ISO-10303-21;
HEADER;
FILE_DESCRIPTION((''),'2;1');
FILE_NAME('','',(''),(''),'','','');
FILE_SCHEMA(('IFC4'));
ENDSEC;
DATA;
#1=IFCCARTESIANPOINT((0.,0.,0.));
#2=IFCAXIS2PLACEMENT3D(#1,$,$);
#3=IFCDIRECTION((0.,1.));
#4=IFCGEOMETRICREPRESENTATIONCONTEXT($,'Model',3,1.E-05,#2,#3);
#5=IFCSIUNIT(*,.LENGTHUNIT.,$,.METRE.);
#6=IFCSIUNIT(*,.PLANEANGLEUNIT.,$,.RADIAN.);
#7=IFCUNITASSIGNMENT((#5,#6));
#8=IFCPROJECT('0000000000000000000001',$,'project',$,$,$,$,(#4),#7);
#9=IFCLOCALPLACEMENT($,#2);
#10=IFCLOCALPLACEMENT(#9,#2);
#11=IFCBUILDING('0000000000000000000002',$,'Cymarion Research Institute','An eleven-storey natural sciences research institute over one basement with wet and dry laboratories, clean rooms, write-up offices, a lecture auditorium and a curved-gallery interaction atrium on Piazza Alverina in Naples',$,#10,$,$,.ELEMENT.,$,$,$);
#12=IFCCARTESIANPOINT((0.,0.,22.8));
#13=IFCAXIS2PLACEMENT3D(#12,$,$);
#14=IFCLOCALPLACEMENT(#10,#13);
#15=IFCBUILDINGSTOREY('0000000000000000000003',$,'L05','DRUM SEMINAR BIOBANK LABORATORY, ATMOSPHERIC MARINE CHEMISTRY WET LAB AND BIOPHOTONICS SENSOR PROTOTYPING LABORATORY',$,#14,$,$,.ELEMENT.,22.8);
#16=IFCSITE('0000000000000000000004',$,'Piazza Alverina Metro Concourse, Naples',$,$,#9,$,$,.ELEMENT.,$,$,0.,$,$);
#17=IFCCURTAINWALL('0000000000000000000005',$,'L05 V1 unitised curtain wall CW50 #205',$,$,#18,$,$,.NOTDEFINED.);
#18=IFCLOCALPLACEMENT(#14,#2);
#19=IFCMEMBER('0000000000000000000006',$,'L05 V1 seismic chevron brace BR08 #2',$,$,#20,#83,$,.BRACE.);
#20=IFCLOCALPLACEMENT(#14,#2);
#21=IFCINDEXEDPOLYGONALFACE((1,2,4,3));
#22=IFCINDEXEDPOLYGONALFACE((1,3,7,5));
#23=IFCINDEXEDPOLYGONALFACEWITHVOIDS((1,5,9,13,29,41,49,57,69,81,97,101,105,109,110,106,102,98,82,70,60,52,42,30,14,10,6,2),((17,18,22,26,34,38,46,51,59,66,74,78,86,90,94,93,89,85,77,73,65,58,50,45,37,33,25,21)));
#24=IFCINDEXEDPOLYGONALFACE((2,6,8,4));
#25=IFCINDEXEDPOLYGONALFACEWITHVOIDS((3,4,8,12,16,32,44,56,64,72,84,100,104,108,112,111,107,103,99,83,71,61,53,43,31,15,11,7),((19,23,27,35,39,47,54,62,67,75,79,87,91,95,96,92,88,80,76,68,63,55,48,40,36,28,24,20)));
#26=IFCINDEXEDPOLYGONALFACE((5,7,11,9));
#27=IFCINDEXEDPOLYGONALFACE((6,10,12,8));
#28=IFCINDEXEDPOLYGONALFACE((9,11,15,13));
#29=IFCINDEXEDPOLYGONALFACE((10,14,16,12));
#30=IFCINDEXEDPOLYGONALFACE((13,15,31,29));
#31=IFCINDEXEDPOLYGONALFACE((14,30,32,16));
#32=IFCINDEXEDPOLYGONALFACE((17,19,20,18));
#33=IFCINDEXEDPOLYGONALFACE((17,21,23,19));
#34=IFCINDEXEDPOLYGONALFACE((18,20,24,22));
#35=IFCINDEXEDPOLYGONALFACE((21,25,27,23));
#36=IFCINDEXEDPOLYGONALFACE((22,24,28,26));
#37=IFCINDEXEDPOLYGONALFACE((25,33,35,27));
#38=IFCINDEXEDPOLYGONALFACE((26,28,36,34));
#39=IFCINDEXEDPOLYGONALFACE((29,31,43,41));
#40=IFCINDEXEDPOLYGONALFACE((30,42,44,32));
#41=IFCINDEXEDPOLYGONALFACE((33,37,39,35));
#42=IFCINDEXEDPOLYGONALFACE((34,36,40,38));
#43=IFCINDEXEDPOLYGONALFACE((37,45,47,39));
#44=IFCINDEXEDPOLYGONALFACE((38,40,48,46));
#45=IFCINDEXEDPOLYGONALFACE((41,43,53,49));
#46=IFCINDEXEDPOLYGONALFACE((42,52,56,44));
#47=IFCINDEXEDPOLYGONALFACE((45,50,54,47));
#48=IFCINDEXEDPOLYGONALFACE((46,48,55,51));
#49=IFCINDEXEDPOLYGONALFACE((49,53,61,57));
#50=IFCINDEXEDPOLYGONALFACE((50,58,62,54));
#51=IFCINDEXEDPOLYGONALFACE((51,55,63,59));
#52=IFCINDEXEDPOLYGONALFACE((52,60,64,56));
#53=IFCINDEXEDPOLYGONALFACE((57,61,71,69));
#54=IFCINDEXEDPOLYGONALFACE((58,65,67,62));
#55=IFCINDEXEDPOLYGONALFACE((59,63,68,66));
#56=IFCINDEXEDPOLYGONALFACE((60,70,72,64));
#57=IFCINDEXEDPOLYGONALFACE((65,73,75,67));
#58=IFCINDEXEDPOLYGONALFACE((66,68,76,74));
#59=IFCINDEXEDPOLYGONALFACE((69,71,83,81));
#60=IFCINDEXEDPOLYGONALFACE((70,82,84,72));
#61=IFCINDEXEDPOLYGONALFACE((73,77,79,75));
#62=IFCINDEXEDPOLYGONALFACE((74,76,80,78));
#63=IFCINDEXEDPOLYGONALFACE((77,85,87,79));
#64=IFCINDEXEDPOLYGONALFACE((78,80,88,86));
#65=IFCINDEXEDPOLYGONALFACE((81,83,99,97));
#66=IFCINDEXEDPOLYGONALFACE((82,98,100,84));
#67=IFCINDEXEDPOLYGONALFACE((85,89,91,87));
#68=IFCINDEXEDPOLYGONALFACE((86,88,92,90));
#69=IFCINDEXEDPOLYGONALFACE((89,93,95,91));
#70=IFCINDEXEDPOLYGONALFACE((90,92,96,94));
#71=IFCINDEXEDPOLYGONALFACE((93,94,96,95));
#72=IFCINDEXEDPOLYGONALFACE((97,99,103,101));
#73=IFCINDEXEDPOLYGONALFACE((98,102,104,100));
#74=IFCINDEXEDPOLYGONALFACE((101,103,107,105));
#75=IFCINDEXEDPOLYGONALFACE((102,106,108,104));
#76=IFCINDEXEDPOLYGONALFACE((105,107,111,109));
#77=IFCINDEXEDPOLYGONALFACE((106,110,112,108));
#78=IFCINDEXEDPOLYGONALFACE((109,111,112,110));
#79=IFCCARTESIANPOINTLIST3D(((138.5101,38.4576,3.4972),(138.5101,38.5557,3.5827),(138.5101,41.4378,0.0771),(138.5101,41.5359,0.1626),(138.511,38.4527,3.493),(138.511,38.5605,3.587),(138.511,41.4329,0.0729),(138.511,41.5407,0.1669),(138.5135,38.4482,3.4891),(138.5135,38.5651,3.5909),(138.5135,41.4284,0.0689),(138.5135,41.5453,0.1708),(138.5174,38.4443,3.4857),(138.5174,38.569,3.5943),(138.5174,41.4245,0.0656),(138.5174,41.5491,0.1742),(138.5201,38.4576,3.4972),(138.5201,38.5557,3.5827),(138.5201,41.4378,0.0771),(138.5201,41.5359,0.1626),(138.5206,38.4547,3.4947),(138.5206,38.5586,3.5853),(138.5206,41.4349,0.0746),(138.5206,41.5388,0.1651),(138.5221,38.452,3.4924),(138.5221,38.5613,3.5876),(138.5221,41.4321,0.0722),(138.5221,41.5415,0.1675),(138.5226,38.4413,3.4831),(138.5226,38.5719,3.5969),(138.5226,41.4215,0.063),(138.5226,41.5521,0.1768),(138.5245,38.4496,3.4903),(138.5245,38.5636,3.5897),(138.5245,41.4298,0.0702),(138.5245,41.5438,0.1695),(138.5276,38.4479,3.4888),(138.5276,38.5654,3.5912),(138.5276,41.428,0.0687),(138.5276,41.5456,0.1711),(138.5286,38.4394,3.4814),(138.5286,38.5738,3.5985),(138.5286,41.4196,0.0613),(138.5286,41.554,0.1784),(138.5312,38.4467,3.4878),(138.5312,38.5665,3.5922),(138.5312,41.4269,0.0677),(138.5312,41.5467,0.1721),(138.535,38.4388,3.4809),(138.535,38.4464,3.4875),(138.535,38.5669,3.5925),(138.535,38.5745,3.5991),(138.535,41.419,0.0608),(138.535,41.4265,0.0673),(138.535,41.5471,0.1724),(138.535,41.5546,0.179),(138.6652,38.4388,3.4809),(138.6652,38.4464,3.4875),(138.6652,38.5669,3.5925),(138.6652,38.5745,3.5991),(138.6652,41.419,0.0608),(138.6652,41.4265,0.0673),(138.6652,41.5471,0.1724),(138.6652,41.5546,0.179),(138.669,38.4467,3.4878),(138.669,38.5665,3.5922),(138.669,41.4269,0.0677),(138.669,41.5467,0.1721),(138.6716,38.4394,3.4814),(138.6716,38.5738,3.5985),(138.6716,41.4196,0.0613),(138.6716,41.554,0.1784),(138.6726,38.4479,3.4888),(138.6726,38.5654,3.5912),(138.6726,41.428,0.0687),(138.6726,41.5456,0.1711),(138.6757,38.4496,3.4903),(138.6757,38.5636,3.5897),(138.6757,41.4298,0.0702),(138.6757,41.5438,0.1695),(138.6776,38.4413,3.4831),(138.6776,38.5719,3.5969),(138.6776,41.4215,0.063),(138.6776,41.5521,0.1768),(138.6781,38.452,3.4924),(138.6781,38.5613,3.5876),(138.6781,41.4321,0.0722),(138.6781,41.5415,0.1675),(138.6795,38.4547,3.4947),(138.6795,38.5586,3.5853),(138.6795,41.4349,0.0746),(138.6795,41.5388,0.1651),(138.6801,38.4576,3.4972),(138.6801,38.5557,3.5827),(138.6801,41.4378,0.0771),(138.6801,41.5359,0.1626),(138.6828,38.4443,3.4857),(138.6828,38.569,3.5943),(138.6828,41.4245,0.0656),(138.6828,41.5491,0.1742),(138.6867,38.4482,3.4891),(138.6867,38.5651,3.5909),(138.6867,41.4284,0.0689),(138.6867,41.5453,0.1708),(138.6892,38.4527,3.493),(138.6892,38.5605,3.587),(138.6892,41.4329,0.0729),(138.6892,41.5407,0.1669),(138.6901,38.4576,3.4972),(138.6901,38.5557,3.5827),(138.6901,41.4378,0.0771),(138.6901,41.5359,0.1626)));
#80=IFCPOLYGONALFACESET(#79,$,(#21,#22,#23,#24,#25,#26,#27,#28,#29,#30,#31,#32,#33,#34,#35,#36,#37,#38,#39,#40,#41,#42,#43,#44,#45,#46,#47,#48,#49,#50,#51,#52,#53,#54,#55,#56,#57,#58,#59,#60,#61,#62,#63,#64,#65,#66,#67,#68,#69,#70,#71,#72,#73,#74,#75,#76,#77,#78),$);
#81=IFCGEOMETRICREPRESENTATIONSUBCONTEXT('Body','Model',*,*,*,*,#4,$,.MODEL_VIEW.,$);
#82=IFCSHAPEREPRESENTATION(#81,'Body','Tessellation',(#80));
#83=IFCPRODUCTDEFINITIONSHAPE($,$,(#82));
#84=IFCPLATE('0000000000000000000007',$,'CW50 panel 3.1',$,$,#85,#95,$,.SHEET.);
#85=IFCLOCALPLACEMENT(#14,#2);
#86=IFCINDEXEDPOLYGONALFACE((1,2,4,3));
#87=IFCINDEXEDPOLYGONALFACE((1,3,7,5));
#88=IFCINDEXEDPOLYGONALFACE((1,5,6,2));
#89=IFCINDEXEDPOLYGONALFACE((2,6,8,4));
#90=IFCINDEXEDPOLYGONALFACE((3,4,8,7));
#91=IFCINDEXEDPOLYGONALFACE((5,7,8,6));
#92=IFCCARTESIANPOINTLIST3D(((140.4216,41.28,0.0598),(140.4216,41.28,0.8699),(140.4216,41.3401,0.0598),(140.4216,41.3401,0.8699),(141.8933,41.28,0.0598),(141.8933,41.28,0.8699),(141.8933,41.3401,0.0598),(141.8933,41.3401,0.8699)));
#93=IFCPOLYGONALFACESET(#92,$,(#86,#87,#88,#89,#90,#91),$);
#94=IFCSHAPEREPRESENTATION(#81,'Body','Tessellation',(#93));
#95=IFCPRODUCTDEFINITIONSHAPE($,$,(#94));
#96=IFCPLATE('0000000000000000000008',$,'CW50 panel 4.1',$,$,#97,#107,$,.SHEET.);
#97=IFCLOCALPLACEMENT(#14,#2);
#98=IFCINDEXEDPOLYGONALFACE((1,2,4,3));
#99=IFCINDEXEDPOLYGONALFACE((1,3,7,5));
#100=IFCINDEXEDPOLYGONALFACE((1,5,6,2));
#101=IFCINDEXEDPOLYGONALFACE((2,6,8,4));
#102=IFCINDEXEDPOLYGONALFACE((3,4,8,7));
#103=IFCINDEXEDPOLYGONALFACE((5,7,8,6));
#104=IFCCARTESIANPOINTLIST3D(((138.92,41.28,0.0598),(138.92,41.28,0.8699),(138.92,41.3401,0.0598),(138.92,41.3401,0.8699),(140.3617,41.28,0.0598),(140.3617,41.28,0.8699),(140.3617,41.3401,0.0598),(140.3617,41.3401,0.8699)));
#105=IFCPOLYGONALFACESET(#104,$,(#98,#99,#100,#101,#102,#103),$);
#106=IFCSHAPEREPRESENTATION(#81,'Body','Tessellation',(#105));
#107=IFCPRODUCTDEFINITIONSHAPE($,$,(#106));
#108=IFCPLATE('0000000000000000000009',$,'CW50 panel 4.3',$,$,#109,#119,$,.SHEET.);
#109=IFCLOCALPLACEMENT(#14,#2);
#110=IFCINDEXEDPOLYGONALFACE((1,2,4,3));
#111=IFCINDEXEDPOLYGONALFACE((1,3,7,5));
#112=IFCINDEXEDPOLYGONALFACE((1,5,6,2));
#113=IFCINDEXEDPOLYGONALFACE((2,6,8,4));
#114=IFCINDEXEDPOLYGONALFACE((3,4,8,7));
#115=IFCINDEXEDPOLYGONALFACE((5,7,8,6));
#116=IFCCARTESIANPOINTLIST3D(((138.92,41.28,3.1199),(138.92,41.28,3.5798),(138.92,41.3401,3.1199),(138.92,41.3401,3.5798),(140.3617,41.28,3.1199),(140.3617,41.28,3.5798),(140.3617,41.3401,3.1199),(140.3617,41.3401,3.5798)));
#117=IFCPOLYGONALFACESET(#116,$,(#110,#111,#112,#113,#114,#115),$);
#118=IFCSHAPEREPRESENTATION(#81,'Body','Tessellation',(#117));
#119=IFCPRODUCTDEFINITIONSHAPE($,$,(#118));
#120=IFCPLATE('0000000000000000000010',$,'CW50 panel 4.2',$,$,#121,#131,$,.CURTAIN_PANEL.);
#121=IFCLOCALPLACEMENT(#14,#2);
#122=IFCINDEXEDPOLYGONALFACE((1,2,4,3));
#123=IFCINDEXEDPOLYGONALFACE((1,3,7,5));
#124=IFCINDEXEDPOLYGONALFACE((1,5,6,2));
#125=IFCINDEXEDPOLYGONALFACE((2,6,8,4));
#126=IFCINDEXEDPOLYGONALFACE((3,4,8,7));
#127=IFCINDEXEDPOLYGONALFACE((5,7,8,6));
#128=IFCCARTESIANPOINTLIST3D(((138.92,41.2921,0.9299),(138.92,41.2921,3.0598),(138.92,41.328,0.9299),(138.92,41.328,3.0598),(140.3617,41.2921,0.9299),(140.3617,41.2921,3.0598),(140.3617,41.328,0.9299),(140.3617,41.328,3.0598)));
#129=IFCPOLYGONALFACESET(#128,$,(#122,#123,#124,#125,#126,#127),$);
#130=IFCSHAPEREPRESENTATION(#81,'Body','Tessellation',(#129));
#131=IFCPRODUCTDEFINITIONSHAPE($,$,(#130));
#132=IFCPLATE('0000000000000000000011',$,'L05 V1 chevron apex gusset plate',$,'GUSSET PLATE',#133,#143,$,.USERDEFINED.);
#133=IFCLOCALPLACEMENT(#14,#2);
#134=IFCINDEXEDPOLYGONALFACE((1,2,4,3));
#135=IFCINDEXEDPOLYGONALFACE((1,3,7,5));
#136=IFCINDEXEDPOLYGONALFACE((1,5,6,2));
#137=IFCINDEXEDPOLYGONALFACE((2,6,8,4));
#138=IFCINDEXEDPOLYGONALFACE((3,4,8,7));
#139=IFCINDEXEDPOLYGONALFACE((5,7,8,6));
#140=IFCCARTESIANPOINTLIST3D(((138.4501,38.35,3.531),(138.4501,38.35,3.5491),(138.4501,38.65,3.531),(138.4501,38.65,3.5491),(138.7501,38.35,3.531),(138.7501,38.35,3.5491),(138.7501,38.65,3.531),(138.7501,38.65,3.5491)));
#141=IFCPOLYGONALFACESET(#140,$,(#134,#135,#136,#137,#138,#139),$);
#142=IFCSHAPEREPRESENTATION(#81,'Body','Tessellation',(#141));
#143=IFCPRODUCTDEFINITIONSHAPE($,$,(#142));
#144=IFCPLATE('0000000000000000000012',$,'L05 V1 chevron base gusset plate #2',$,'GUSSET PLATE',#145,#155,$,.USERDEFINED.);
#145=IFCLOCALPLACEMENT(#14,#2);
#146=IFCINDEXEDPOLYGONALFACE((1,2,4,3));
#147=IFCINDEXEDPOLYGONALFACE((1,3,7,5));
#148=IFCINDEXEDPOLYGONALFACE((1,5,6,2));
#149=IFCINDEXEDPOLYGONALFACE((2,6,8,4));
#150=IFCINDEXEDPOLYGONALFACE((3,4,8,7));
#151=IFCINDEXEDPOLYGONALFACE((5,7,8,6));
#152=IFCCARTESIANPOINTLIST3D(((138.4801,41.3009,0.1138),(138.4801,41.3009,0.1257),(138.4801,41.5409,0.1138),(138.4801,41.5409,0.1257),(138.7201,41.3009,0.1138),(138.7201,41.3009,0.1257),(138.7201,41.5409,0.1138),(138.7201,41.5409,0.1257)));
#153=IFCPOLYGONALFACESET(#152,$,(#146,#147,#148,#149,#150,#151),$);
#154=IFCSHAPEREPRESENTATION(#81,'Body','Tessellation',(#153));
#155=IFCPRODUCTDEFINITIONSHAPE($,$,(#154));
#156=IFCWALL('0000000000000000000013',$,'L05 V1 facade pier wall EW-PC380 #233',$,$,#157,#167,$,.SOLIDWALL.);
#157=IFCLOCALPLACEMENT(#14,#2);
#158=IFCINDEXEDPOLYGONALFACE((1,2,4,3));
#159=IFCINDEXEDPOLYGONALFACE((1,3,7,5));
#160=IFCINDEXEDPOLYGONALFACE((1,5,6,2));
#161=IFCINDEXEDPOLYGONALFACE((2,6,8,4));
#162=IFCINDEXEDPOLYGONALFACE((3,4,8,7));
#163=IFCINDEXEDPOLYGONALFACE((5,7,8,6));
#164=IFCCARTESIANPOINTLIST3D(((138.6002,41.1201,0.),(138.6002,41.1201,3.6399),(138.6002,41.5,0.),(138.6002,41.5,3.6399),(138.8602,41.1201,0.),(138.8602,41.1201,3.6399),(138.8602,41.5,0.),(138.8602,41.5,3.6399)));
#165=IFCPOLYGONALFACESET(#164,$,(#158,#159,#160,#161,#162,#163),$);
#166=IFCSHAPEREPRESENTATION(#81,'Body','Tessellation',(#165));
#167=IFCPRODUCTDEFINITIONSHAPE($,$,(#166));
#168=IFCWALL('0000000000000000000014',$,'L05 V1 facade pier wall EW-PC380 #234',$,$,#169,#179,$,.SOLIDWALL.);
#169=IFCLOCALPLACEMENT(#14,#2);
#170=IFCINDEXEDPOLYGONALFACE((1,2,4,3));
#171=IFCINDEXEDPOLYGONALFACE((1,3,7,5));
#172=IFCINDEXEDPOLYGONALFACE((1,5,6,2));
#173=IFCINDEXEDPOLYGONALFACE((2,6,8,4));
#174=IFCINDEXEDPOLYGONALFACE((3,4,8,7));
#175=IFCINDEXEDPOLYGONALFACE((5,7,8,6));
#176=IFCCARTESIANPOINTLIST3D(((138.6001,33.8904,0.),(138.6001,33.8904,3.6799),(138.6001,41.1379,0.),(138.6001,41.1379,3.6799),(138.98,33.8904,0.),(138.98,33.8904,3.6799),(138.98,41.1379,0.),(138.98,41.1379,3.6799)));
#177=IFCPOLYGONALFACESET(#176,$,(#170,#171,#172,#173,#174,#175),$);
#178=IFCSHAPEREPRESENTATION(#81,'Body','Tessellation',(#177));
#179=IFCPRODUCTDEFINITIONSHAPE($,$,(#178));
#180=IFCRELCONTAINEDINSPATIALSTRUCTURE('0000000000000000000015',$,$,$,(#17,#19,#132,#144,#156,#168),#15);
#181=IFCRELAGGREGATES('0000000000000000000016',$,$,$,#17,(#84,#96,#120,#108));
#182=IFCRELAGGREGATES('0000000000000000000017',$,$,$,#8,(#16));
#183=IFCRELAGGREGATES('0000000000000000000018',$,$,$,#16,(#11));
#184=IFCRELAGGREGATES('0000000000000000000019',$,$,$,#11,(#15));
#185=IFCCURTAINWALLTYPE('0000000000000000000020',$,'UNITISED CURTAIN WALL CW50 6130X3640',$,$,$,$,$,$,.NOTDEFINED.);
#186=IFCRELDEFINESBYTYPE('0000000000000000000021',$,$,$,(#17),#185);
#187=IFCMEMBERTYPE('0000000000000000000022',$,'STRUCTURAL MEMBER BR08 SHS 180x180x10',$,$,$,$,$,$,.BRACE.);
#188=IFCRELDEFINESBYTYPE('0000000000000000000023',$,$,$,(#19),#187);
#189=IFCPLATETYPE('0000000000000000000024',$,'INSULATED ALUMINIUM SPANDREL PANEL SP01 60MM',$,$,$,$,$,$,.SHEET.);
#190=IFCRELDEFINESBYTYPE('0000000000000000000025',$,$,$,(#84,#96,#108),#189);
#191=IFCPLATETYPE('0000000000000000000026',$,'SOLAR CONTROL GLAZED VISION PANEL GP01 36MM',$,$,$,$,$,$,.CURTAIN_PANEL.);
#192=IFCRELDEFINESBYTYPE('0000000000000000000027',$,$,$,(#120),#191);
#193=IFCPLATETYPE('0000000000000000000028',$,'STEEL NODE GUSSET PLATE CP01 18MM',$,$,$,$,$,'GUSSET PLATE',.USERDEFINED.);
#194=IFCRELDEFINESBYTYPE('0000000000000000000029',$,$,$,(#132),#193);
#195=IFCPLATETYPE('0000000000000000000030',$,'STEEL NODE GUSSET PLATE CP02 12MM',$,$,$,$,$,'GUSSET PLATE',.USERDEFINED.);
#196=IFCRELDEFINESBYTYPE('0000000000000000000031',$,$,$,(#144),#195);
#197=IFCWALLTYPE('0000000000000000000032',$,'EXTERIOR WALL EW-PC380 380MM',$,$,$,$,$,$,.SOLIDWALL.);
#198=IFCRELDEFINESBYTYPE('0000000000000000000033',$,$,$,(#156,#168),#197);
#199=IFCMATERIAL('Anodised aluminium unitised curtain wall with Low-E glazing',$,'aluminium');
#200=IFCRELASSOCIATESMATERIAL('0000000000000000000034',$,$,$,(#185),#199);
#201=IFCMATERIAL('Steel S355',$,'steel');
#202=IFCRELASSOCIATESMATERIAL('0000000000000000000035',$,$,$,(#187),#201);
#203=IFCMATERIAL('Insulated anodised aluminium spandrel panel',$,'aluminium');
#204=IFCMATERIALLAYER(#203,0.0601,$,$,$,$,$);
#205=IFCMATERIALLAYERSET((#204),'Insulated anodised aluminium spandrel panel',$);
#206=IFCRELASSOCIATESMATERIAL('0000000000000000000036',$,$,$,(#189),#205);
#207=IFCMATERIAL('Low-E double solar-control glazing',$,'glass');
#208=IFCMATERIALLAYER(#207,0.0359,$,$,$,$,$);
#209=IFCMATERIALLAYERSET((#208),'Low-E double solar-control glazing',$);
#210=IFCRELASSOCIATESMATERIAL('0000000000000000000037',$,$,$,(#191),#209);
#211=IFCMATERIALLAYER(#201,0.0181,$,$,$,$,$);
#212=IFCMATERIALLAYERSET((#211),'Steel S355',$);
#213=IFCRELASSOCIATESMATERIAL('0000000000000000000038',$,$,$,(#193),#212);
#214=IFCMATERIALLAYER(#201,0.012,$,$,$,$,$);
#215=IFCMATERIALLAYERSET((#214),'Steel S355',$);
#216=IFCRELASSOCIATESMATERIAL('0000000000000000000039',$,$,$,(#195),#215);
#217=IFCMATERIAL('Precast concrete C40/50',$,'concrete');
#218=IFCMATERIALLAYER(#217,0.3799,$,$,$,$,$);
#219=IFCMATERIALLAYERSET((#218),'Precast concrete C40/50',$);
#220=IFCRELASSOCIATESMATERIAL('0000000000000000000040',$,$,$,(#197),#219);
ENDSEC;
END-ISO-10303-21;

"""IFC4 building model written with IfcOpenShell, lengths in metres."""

from ifc_helpers import new_model, si_unit, direction, frame, frame_2d, origin, origin_2d, place, context, subcontext, project, spatial, rectangle, hollow_rectangle, extrude, material, layer, layer_set, material_profile, profile_set, type_object, element, aggregate, save


model = new_model("IFC4")

# Units and contexts
model_context = context("Model", 3, precision=1e-05, world=origin(), true_north=direction((0.0, 1.0)))
body_context = subcontext(model_context, "Body", "Model", "MODEL_VIEW")
ifc_project = project(units=[si_unit("LENGTHUNIT", "METRE"), si_unit("PLANEANGLEUNIT", "RADIAN")], contexts=[model_context])

# Site, building, storey
site_placement = place(None, origin())
site = spatial("IfcSite", under=ifc_project, at=site_placement, Name="Piazza Alverina Metro Concourse, Naples", CompositionType="ELEMENT", RefElevation=0.0)
building_placement = place(site_placement, origin())
building = spatial("IfcBuilding", under=site, at=building_placement, Name="Cymarion Research Institute", Description="An eleven-storey natural sciences research institute over one basement with wet and dry laboratories, clean rooms, write-up offices, a lecture auditorium and a curved-gallery interaction atrium on Piazza Alverina in Naples", CompositionType="ELEMENT")
storey_placement = place(building_placement, frame((0.0, 0.0, 22.8)))
storey = spatial("IfcBuildingStorey", under=building, at=storey_placement, Name="L05", Description="DRUM SEMINAR BIOBANK LABORATORY, ATMOSPHERIC MARINE CHEMISTRY WET LAB AND BIOPHOTONICS SENSOR PROTOTYPING LABORATORY", CompositionType="ELEMENT", Elevation=22.8)

# Shared definitions
ifc_material_1 = material(Name="Steel S355", Category="steel")

# Curtain wall
ifc_material_2 = material(Name="Anodised aluminium unitised curtain wall with Low-E glazing", Category="aluminium")
curtain_wall_type = type_object("IfcCurtainWallType", Name="UNITISED CURTAIN WALL CW50 6130X3640", PredefinedType="NOTDEFINED", material=ifc_material_2)
curtain_wall_placement = place(storey_placement, origin())
curtain_wall = element("IfcCurtainWall", 1, at=curtain_wall_placement, inside=storey, type_object=curtain_wall_type, Name="L05 V1 unitised curtain wall CW50 #205", PredefinedType="NOTDEFINED")

# Member
ifc_material_profile_1 = material_profile(ifc_material_1, hollow_rectangle(XDim=0.1799, YDim=0.1799, WallThickness=0.01, InnerFilletRadius=0.0149, OuterFilletRadius=0.0249, at=origin_2d()), Name="SHS 180x180x10")
ifc_profile_set_1 = profile_set([ifc_material_profile_1], Name="Steel S355")
member_type_1 = type_object("IfcMemberType", Name="STRUCTURAL MEMBER BR08 SHS 180x180x10", PredefinedType="BRACE", material=ifc_profile_set_1)
member_1_placement = place(storey_placement, frame((138.6001, 41.4868, 0.1199), z_axis=(0.0, -0.656952, 0.753932), x_axis=(1.0, 0.0, 0.0)))
element("IfcMember", 2, at=member_1_placement, inside=storey, type_object=member_type_1, Name="L05 V1 seismic chevron brace BR08 #2", PredefinedType="BRACE", context=body_context, shape_type="SweptSolid", body=[
    extrude(hollow_rectangle(XDim=0.1799, YDim=0.1799, WallThickness=0.01, InnerFilletRadius=0.0149, OuterFilletRadius=0.0249, at=origin_2d()), origin(), (0.0, 0.0, 1.0), 4.5364),
])

# Plates
ifc_material_3 = material(Name="Insulated anodised aluminium spandrel panel", Category="aluminium")
ifc_layer_1 = layer(ifc_material_3, 0.0601)
ifc_layer_set_1 = layer_set([ifc_layer_1], Name="Insulated anodised aluminium spandrel panel")
plate_type_1 = type_object("IfcPlateType", Name="INSULATED ALUMINIUM SPANDREL PANEL SP01 60MM", PredefinedType="SHEET", material=ifc_layer_set_1)
plate_1_placement = place(storey_placement, frame((141.1575, 41.3101, 0.0598), z_axis=(0.0, 0.0, 1.0), x_axis=(-1.0, 0.0, 0.0)))
plate_1 = element("IfcPlate", 3, at=plate_1_placement, type_object=plate_type_1, Name="CW50 panel 3.1", PredefinedType="SHEET", context=body_context, shape_type="SweptSolid", body=[
    extrude(rectangle(XDim=1.4717, YDim=0.0601, at=origin_2d()), origin(), (0.0, 0.0, 1.0), 0.8101),
])
plate_2_placement = place(storey_placement, frame((139.6409, 41.3101, 0.0598), z_axis=(0.0, 0.0, 1.0), x_axis=(-1.0, 0.0, 0.0)))
plate_2 = element("IfcPlate", 4, at=plate_2_placement, type_object=plate_type_1, Name="CW50 panel 4.1", PredefinedType="SHEET", context=body_context, shape_type="SweptSolid", body=[
    extrude(rectangle(XDim=1.4417, YDim=0.0601, at=origin_2d()), origin(), (0.0, 0.0, 1.0), 0.8101),
])
plate_3_placement = place(storey_placement, frame((139.6409, 41.3101, 3.1199), z_axis=(0.0, 0.0, 1.0), x_axis=(-1.0, 0.0, 0.0)))
plate_3 = element("IfcPlate", 5, at=plate_3_placement, type_object=plate_type_1, Name="CW50 panel 4.3", PredefinedType="SHEET", context=body_context, shape_type="SweptSolid", body=[
    extrude(rectangle(XDim=1.4417, YDim=0.0601, at=origin_2d()), origin(), (0.0, 0.0, 1.0), 0.46),
])
ifc_material_4 = material(Name="Low-E double solar-control glazing", Category="glass")
ifc_layer_2 = layer(ifc_material_4, 0.0359)
ifc_layer_set_2 = layer_set([ifc_layer_2], Name="Low-E double solar-control glazing")
plate_type_2 = type_object("IfcPlateType", Name="SOLAR CONTROL GLAZED VISION PANEL GP01 36MM", PredefinedType="CURTAIN_PANEL", material=ifc_layer_set_2)
plate_4_placement = place(storey_placement, frame((139.6409, 41.3101, 0.9299), z_axis=(0.0, 0.0, 1.0), x_axis=(-1.0, 0.0, 0.0)))
plate_4 = element("IfcPlate", 6, at=plate_4_placement, type_object=plate_type_2, Name="CW50 panel 4.2", PredefinedType="CURTAIN_PANEL", context=body_context, shape_type="SweptSolid", body=[
    extrude(rectangle(XDim=1.4417, YDim=0.0359, at=origin_2d()), origin(), (0.0, 0.0, 1.0), 2.1299),
])
aggregate(curtain_wall, [plate_1, plate_2, plate_4, plate_3])

# Plates
ifc_layer_3 = layer(ifc_material_1, 0.0181)
ifc_layer_set_3 = layer_set([ifc_layer_3], Name="Steel S355")
plate_type_3 = type_object("IfcPlateType", Name="STEEL NODE GUSSET PLATE CP01 18MM", ElementType="GUSSET PLATE", PredefinedType="USERDEFINED", material=ifc_layer_set_3)
plate_5_placement = place(storey_placement, frame((138.6001, 38.5, 3.531), z_axis=(0.0, 0.0, 1.0), x_axis=(1.0, 0.0, 0.0)))
element("IfcPlate", 7, at=plate_5_placement, inside=storey, type_object=plate_type_3, Name="L05 V1 chevron apex gusset plate", ObjectType="GUSSET PLATE", PredefinedType="USERDEFINED", context=body_context, shape_type="SweptSolid", body=[
    extrude(rectangle(XDim=0.3, YDim=0.3, at=origin_2d()), origin(), (0.0, 0.0, 1.0), 0.0181),
])
ifc_layer_4 = layer(ifc_material_1, 0.012)
ifc_layer_set_4 = layer_set([ifc_layer_4], Name="Steel S355")
plate_type_4 = type_object("IfcPlateType", Name="STEEL NODE GUSSET PLATE CP02 12MM", ElementType="GUSSET PLATE", PredefinedType="USERDEFINED", material=ifc_layer_set_4)
plate_6_placement = place(storey_placement, frame((138.6001, 41.4209, 0.1138), z_axis=(0.0, 0.0, 1.0), x_axis=(1.0, 0.0, 0.0)))
element("IfcPlate", 8, at=plate_6_placement, inside=storey, type_object=plate_type_4, Name="L05 V1 chevron base gusset plate #2", ObjectType="GUSSET PLATE", PredefinedType="USERDEFINED", context=body_context, shape_type="SweptSolid", body=[
    extrude(rectangle(XDim=0.24, YDim=0.24, at=origin_2d()), origin(), (0.0, 0.0, 1.0), 0.012),
])

# Walls
ifc_material_5 = material(Name="Precast concrete C40/50", Category="concrete")
ifc_layer_5 = layer(ifc_material_5, 0.3799)
ifc_layer_set_5 = layer_set([ifc_layer_5], Name="Precast concrete C40/50")
wall_type = type_object("IfcWallType", Name="EXTERIOR WALL EW-PC380 380MM", PredefinedType="SOLIDWALL", material=ifc_layer_set_5)
wall_1_placement = place(storey_placement, frame((138.8601, 41.3101, 0.0), z_axis=(0.0, 0.0, 1.0), x_axis=(-1.0, 0.0, 0.0)))
element("IfcWall", 9, at=wall_1_placement, inside=storey, type_object=wall_type, Name="L05 V1 facade pier wall EW-PC380 #233", PredefinedType="SOLIDWALL", context=body_context, shape_type="SweptSolid", body=[
    extrude(rectangle(XDim=0.26, YDim=0.3799, at=frame_2d((0.1299, 0.0))), origin(), (0.0, 0.0, 1.0), 3.6399),
])
wall_2_placement = place(storey_placement, frame((138.79, 41.1379, 0.0), z_axis=(0.0, 0.0, 1.0), x_axis=(0.0, -1.0, 0.0)))
element("IfcWall", 10, at=wall_2_placement, inside=storey, type_object=wall_type, Name="L05 V1 facade pier wall EW-PC380 #234", PredefinedType="SOLIDWALL", context=body_context, shape_type="SweptSolid", body=[
    extrude(rectangle(XDim=7.2476, YDim=0.3799, at=frame_2d((3.6238, 0.0))), origin(), (0.0, 0.0, 1.0), 3.6799),
])

save(model, "model.ifc")
